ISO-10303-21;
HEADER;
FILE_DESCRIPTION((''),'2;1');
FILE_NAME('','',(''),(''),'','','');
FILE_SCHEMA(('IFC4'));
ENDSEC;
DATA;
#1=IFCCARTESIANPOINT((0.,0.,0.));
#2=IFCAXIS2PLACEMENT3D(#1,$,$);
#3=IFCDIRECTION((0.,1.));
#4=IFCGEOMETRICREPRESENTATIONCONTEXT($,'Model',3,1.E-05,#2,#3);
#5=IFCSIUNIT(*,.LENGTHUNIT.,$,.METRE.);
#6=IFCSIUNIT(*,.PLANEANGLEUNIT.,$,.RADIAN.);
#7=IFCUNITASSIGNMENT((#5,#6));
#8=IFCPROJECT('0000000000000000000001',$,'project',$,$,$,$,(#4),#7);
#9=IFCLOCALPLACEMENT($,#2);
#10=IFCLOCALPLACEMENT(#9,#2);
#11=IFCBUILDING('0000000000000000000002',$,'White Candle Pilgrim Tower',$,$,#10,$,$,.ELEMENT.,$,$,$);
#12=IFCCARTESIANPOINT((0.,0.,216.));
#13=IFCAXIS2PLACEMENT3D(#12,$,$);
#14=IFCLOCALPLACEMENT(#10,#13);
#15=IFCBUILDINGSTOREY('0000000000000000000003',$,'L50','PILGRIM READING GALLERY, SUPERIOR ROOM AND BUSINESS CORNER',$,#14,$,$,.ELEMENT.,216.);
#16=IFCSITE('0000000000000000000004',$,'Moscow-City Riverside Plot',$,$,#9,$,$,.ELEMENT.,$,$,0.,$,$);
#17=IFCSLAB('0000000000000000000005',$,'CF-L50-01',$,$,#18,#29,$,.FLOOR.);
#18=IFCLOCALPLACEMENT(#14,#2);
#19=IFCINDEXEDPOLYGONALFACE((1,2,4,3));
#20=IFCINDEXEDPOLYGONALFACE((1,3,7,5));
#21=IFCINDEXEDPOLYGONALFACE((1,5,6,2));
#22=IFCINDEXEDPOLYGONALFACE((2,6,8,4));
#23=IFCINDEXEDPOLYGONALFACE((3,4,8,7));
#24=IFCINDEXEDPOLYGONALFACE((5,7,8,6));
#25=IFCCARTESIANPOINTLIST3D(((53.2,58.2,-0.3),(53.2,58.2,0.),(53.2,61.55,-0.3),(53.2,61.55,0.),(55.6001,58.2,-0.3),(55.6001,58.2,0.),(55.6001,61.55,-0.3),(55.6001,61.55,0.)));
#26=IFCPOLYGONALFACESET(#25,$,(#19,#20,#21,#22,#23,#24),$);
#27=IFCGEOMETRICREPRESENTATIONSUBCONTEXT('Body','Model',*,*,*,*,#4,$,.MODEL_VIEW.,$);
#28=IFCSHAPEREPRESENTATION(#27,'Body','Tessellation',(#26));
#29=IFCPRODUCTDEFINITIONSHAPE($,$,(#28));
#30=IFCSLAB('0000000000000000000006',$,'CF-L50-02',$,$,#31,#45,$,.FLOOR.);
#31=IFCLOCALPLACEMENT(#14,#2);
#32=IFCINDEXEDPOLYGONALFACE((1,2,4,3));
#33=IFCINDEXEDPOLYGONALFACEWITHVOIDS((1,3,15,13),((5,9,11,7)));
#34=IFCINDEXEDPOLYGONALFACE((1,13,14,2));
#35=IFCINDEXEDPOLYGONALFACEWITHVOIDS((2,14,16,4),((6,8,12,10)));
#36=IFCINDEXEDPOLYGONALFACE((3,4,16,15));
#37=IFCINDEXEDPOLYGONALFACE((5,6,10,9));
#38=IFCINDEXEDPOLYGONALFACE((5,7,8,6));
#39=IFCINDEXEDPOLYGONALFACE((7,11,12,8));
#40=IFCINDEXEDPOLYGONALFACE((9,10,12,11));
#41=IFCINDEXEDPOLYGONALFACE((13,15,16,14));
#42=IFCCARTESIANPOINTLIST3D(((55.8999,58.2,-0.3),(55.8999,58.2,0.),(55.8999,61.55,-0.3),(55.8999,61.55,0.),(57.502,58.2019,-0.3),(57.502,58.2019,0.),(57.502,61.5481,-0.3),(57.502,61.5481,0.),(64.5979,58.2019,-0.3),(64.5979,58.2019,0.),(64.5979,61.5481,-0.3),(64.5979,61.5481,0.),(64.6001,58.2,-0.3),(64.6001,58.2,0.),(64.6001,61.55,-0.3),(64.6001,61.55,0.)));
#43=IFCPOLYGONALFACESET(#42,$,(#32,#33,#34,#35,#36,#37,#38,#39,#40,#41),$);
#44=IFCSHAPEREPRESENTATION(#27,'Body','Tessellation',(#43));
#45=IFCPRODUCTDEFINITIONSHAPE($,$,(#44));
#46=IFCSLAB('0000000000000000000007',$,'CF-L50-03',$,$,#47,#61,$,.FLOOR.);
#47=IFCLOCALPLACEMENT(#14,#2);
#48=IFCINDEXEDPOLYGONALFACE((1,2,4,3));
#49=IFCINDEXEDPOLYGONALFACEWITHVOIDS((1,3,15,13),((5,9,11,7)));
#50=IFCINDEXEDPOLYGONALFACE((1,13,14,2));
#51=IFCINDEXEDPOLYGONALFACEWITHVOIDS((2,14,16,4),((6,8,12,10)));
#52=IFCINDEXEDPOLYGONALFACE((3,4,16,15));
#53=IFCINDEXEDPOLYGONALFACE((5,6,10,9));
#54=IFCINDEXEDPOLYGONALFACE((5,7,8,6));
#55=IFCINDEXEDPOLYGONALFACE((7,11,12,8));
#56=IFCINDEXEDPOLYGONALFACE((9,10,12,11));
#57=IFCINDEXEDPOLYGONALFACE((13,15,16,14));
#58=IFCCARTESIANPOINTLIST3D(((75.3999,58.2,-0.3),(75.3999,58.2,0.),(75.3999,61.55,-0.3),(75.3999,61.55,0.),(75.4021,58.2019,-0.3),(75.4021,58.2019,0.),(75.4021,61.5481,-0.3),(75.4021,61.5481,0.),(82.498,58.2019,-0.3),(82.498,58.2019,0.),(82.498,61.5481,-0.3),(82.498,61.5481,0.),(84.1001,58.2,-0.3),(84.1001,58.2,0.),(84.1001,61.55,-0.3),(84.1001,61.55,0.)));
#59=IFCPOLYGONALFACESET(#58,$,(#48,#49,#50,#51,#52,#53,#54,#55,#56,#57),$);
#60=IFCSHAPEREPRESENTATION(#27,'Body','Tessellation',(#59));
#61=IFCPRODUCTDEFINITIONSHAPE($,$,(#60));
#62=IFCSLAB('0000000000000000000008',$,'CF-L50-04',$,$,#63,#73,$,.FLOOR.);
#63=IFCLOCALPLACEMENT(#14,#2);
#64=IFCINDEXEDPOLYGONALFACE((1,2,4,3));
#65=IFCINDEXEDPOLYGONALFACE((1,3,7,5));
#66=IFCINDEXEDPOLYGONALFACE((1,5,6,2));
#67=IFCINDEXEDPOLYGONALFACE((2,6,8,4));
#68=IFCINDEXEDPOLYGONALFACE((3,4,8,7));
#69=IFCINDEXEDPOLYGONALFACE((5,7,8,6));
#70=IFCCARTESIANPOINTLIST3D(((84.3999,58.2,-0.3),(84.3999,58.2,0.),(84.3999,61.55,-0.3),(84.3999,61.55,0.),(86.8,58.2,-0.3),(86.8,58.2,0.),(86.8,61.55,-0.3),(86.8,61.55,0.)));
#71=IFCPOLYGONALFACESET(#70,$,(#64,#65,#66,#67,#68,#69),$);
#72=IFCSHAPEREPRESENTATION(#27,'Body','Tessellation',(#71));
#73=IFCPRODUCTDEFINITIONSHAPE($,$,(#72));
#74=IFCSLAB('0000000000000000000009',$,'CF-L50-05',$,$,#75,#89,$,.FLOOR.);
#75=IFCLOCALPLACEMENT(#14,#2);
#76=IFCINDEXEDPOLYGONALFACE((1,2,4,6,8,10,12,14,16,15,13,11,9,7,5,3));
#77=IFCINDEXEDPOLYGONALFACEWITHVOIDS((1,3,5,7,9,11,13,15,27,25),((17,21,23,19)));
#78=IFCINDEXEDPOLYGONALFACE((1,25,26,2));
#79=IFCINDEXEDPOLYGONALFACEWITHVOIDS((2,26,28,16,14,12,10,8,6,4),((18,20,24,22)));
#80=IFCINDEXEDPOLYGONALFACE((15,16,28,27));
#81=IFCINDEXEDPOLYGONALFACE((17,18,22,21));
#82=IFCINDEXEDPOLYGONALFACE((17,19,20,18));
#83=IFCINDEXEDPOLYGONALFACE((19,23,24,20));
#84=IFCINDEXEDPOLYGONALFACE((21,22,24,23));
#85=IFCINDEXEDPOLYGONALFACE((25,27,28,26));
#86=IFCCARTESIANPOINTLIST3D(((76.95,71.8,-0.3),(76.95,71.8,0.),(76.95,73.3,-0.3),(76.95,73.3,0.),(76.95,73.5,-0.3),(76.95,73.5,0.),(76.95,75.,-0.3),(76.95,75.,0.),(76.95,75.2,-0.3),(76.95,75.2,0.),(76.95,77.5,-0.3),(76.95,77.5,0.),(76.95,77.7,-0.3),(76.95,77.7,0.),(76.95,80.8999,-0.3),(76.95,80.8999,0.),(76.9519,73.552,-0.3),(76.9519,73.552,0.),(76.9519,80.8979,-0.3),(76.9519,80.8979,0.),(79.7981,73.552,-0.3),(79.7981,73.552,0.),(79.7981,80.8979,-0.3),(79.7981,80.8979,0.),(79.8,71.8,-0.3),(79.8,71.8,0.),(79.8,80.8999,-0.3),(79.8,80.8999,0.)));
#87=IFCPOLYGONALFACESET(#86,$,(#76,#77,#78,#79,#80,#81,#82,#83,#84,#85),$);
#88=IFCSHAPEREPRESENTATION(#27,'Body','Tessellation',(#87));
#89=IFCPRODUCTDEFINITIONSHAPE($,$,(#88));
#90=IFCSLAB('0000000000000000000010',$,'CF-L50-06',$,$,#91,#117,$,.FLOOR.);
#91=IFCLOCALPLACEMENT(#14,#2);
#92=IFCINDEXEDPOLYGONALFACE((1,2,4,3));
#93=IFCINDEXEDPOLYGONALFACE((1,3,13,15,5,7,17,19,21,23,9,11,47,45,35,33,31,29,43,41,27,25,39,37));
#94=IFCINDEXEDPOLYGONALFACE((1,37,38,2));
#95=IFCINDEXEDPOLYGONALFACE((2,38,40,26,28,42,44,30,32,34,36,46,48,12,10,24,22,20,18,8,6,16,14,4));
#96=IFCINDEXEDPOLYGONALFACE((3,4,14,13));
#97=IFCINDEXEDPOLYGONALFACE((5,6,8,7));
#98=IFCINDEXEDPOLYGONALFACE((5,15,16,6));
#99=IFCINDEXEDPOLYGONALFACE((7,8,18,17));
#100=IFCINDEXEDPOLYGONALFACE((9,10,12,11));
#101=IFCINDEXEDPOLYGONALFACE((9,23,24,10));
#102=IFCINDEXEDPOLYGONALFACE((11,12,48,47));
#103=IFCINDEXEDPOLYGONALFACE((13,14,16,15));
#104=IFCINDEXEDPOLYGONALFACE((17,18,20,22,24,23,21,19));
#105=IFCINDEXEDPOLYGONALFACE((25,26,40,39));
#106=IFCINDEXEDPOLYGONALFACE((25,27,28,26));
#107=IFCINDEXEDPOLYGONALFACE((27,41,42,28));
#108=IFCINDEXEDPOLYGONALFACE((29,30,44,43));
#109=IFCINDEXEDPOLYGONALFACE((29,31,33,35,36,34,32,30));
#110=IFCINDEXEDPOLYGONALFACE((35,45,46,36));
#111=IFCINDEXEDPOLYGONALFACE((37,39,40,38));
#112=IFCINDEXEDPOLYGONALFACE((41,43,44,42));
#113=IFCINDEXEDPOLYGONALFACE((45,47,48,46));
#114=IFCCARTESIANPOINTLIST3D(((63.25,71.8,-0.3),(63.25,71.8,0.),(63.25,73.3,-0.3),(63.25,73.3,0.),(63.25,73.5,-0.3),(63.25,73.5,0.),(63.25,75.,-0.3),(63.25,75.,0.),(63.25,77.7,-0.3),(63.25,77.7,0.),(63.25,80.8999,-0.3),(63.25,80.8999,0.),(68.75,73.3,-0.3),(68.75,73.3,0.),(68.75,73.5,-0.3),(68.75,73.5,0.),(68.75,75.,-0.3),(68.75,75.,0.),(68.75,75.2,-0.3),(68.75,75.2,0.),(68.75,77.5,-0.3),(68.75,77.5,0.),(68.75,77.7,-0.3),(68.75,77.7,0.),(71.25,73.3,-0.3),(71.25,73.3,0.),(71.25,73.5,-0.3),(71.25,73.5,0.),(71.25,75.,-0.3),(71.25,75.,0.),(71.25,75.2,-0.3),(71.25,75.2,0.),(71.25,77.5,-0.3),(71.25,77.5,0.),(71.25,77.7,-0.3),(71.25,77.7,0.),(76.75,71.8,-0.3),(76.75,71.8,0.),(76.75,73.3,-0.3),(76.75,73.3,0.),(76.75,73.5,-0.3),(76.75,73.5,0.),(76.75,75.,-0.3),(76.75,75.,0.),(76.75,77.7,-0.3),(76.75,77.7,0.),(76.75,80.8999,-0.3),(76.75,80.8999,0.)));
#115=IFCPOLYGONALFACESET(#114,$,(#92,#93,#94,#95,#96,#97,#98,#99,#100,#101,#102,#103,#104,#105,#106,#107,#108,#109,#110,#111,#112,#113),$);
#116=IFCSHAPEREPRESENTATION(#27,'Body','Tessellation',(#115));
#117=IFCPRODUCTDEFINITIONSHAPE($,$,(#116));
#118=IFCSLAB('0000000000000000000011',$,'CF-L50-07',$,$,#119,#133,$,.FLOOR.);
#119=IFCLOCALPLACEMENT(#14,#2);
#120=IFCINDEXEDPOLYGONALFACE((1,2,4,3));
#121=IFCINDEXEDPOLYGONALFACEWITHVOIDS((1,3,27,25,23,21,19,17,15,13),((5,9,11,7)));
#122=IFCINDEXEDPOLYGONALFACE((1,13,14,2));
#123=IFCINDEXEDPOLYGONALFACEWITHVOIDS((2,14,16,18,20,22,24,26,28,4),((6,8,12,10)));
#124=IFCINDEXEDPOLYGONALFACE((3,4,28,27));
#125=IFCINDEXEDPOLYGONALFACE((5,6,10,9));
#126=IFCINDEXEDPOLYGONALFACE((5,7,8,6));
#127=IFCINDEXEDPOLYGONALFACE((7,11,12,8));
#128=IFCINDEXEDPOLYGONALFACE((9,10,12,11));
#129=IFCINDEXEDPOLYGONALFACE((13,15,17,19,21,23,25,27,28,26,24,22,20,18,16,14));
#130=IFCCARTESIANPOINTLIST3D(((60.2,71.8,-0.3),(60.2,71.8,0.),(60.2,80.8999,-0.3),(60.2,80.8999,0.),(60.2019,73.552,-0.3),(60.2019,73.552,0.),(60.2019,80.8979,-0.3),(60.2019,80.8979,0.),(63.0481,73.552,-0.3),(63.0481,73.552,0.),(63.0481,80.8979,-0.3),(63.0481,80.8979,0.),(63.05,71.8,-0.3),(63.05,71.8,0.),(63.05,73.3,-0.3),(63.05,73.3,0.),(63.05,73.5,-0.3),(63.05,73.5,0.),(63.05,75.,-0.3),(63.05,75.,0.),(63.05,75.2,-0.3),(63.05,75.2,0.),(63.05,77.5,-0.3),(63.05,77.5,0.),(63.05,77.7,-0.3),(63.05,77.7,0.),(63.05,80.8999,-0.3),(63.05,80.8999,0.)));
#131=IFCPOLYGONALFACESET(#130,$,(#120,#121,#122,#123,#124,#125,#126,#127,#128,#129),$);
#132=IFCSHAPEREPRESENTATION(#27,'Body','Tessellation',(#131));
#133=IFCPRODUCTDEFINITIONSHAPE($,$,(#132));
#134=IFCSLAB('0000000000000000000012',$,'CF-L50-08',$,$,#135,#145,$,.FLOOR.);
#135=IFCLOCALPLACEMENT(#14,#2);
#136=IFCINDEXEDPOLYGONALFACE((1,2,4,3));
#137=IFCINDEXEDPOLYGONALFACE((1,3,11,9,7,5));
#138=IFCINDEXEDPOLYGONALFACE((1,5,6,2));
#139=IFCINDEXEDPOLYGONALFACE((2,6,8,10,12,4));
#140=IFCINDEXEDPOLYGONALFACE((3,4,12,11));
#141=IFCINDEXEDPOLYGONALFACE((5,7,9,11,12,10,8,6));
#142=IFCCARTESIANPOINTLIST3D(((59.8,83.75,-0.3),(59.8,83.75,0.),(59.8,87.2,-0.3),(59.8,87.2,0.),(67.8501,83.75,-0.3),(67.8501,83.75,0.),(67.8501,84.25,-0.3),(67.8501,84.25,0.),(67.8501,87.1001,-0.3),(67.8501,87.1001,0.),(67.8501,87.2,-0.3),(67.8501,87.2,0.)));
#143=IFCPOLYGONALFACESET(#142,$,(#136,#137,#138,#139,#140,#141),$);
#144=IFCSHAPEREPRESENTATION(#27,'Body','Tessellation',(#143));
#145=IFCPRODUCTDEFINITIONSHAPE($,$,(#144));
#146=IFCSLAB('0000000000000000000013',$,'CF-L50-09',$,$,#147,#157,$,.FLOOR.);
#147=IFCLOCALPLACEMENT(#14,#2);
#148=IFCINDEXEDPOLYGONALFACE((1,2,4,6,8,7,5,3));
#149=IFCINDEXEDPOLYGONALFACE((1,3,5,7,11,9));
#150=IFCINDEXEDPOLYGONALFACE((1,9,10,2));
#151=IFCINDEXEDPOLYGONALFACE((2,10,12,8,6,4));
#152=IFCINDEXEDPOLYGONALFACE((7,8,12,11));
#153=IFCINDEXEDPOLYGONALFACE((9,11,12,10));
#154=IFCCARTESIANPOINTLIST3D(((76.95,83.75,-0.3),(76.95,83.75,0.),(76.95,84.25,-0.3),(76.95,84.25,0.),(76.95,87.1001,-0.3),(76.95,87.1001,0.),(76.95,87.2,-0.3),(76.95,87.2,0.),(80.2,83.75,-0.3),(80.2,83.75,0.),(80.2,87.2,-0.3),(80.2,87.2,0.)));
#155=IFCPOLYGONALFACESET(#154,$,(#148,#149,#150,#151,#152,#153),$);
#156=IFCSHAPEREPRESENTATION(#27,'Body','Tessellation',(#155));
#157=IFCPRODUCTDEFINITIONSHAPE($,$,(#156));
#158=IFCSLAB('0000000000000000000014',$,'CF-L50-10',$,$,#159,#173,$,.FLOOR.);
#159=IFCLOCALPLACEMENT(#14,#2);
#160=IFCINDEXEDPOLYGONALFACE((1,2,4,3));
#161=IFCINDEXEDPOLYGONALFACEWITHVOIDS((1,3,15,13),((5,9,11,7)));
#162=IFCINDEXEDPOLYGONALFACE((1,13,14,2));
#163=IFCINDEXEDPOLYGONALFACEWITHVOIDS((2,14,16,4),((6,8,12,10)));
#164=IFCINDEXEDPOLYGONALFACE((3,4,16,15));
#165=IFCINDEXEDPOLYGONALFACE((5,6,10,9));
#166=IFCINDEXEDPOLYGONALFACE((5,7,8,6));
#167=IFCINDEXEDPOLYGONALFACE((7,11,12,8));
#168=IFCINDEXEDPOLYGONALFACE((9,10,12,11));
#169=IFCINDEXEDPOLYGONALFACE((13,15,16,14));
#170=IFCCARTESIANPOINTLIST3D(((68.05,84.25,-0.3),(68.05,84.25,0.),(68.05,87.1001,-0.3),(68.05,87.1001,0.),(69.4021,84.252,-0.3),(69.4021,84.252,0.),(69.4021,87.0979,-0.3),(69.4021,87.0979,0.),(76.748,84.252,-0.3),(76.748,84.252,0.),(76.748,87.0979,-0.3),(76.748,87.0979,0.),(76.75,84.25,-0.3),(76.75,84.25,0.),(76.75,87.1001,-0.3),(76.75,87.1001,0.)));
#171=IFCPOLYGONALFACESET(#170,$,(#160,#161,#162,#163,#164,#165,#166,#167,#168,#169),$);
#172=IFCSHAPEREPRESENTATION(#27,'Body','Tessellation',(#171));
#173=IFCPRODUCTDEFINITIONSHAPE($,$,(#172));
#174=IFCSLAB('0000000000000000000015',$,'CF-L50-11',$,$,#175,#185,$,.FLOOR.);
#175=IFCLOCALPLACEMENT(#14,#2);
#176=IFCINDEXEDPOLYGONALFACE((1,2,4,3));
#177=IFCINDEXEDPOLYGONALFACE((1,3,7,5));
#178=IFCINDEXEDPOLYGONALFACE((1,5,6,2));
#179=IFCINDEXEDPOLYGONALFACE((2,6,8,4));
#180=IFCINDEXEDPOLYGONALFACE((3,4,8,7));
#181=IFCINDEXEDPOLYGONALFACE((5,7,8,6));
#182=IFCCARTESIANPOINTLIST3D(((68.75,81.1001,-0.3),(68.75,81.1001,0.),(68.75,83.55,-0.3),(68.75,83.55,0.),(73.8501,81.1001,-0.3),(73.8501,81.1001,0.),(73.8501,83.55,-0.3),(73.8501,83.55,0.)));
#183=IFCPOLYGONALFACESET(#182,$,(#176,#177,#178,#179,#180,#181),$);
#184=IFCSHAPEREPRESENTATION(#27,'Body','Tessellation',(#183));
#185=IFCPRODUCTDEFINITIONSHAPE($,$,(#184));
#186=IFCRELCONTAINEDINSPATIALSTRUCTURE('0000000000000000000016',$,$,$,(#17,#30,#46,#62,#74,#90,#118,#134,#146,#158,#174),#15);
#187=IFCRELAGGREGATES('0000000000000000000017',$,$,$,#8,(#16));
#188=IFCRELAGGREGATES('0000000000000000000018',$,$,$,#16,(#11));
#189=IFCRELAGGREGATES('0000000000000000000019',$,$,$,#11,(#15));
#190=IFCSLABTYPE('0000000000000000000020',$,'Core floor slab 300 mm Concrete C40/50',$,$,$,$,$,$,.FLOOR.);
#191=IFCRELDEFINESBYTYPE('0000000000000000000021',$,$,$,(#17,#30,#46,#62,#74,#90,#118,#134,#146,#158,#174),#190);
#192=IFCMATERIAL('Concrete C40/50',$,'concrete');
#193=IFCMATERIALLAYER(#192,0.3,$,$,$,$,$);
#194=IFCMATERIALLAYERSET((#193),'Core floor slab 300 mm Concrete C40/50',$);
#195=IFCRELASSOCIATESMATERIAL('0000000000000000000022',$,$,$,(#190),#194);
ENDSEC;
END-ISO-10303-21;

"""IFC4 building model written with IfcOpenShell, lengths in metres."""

from ifc_helpers import new_model, si_unit, direction, frame, origin, place, context, subcontext, project, spatial, polyline, outline, extrude, material, layer, layer_set, type_object, element, save


model = new_model("IFC4")

# Units and contexts
model_context = context("Model", 3, precision=1e-05, world=origin(), true_north=direction((0.0, 1.0)))
body_context = subcontext(model_context, "Body", "Model", "MODEL_VIEW")
ifc_project = project(units=[si_unit("LENGTHUNIT", "METRE"), si_unit("PLANEANGLEUNIT", "RADIAN")], contexts=[model_context])

# Site, building, storey
site_placement = place(None, origin())
site = spatial("IfcSite", under=ifc_project, at=site_placement, Name="Moscow-City Riverside Plot", CompositionType="ELEMENT", RefElevation=0.0)
building_placement = place(site_placement, origin())
building = spatial("IfcBuilding", under=site, at=building_placement, Name="White Candle Pilgrim Tower", CompositionType="ELEMENT")
storey_placement = place(building_placement, frame((0.0, 0.0, 216.0)))
storey = spatial("IfcBuildingStorey", under=building, at=storey_placement, Name="L50", Description="PILGRIM READING GALLERY, SUPERIOR ROOM AND BUSINESS CORNER", CompositionType="ELEMENT", Elevation=216.0)

# Slabs
ifc_material = material(Name="Concrete C40/50", Category="concrete")
ifc_layer_1 = layer(ifc_material, 0.3)
ifc_layer_set_1 = layer_set([ifc_layer_1], Name="Core floor slab 300 mm Concrete C40/50")
slab_type_1 = type_object("IfcSlabType", Name="Core floor slab 300 mm Concrete C40/50", PredefinedType="FLOOR", material=ifc_layer_set_1)
slab_1_placement = place(storey_placement, frame((0.0, 0.0, -0.3)))
element("IfcSlab", 1, at=slab_1_placement, inside=storey, type_object=slab_type_1, Name="CF-L50-01", PredefinedType="FLOOR", context=body_context, shape_type="SweptSolid", body=[
    extrude(outline(polyline([(55.6001, 58.2), (53.2, 58.2), (53.2, 61.55), (55.6001, 61.55), (55.6001, 58.2)])), origin(), (0.0, 0.0, 1.0), 0.3),
])
slab_2_placement = place(storey_placement, frame((0.0, 0.0, -0.3)))
element("IfcSlab", 2, at=slab_2_placement, inside=storey, type_object=slab_type_1, Name="CF-L50-02", PredefinedType="FLOOR", context=body_context, shape_type="SweptSolid", body=[
    extrude(outline(polyline([(55.8999, 58.2), (55.8999, 61.55), (64.6001, 61.55), (64.6001, 58.2), (55.8999, 58.2)]), holes=[polyline([(57.502, 61.5481), (57.502, 58.2019), (64.5979, 58.2019), (64.5979, 61.5481), (57.502, 61.5481)])]), origin(), (0.0, 0.0, 1.0), 0.3),
])
slab_3_placement = place(storey_placement, frame((0.0, 0.0, -0.3)))
element("IfcSlab", 3, at=slab_3_placement, inside=storey, type_object=slab_type_1, Name="CF-L50-03", PredefinedType="FLOOR", context=body_context, shape_type="SweptSolid", body=[
    extrude(outline(polyline([(75.3999, 58.2), (75.3999, 61.55), (84.1001, 61.55), (84.1001, 58.2), (75.3999, 58.2)]), holes=[polyline([(82.498, 58.2019), (82.498, 61.5481), (75.4021, 61.5481), (75.4021, 58.2019), (82.498, 58.2019)])]), origin(), (0.0, 0.0, 1.0), 0.3),
])
slab_4_placement = place(storey_placement, frame((0.0, 0.0, -0.3)))
element("IfcSlab", 4, at=slab_4_placement, inside=storey, type_object=slab_type_1, Name="CF-L50-04", PredefinedType="FLOOR", context=body_context, shape_type="SweptSolid", body=[
    extrude(outline(polyline([(86.8, 58.2), (84.3999, 58.2), (84.3999, 61.55), (86.8, 61.55), (86.8, 58.2)])), origin(), (0.0, 0.0, 1.0), 0.3),
])
slab_5_placement = place(storey_placement, frame((0.0, 0.0, -0.3)))
element("IfcSlab", 5, at=slab_5_placement, inside=storey, type_object=slab_type_1, Name="CF-L50-05", PredefinedType="FLOOR", context=body_context, shape_type="SweptSolid", body=[
    extrude(outline(polyline([(76.95, 71.8), (76.95, 73.3), (76.95, 73.5), (76.95, 75.0), (76.95, 75.2), (76.95, 77.5), (76.95, 77.7), (76.95, 80.8999), (79.8, 80.8999), (79.8, 71.8), (76.95, 71.8)]), holes=[polyline([(76.9519, 73.552), (79.7981, 73.552), (79.7981, 80.8979), (76.9519, 80.8979), (76.9519, 73.552)])]), origin(), (0.0, 0.0, 1.0), 0.3),
])
slab_6_placement = place(storey_placement, frame((0.0, 0.0, -0.3)))
element("IfcSlab", 6, at=slab_6_placement, inside=storey, type_object=slab_type_1, Name="CF-L50-06", PredefinedType="FLOOR", context=body_context, shape_type="SweptSolid", body=[
    extrude(outline(polyline([(63.25, 71.8), (63.25, 73.3), (68.75, 73.3), (68.75, 73.5), (63.25, 73.5), (63.25, 75.0), (68.75, 75.0), (68.75, 75.2), (68.75, 77.5), (68.75, 77.7), (63.25, 77.7), (63.25, 80.8999), (76.75, 80.8999), (76.75, 77.7), (71.25, 77.7), (71.25, 77.5), (71.25, 75.2), (71.25, 75.0), (76.75, 75.0), (76.75, 73.5), (71.25, 73.5), (71.25, 73.3), (76.75, 73.3), (76.75, 71.8), (63.25, 71.8)])), origin(), (0.0, 0.0, 1.0), 0.3),
])
slab_7_placement = place(storey_placement, frame((0.0, 0.0, -0.3)))
element("IfcSlab", 7, at=slab_7_placement, inside=storey, type_object=slab_type_1, Name="CF-L50-07", PredefinedType="FLOOR", context=body_context, shape_type="SweptSolid", body=[
    extrude(outline(polyline([(60.2, 71.8), (60.2, 80.8999), (63.05, 80.8999), (63.05, 77.7), (63.05, 77.5), (63.05, 75.2), (63.05, 75.0), (63.05, 73.5), (63.05, 73.3), (63.05, 71.8), (60.2, 71.8)]), holes=[polyline([(60.2019, 73.552), (63.0481, 73.552), (63.0481, 80.8979), (60.2019, 80.8979), (60.2019, 73.552)])]), origin(), (0.0, 0.0, 1.0), 0.3),
])
slab_8_placement = place(storey_placement, frame((0.0, 0.0, -0.3)))
element("IfcSlab", 8, at=slab_8_placement, inside=storey, type_object=slab_type_1, Name="CF-L50-08", PredefinedType="FLOOR", context=body_context, shape_type="SweptSolid", body=[
    extrude(outline(polyline([(59.8, 87.2), (67.8501, 87.2), (67.8501, 87.1001), (67.8501, 84.25), (67.8501, 83.75), (59.8, 83.75), (59.8, 87.2)])), origin(), (0.0, 0.0, 1.0), 0.3),
])
slab_9_placement = place(storey_placement, frame((0.0, 0.0, -0.3)))
element("IfcSlab", 9, at=slab_9_placement, inside=storey, type_object=slab_type_1, Name="CF-L50-09", PredefinedType="FLOOR", context=body_context, shape_type="SweptSolid", body=[
    extrude(outline(polyline([(80.2, 87.2), (80.2, 83.75), (76.95, 83.75), (76.95, 84.25), (76.95, 87.1001), (76.95, 87.2), (80.2, 87.2)])), origin(), (0.0, 0.0, 1.0), 0.3),
])
slab_10_placement = place(storey_placement, frame((0.0, 0.0, -0.3)))
element("IfcSlab", 10, at=slab_10_placement, inside=storey, type_object=slab_type_1, Name="CF-L50-10", PredefinedType="FLOOR", context=body_context, shape_type="SweptSolid", body=[
    extrude(outline(polyline([(68.05, 87.1001), (76.75, 87.1001), (76.75, 84.25), (68.05, 84.25), (68.05, 87.1001)]), holes=[polyline([(69.4021, 87.0979), (69.4021, 84.252), (76.748, 84.252), (76.748, 87.0979), (69.4021, 87.0979)])]), origin(), (0.0, 0.0, 1.0), 0.3),
])
slab_11_placement = place(storey_placement, frame((0.0, 0.0, -0.3)))
element("IfcSlab", 11, at=slab_11_placement, inside=storey, type_object=slab_type_1, Name="CF-L50-11", PredefinedType="FLOOR", context=body_context, shape_type="SweptSolid", body=[
    extrude(outline(polyline([(73.8501, 83.55), (73.8501, 81.1001), (68.75, 81.1001), (68.75, 83.55), (73.8501, 83.55)])), origin(), (0.0, 0.0, 1.0), 0.3),
])

save(model, "model.ifc")
